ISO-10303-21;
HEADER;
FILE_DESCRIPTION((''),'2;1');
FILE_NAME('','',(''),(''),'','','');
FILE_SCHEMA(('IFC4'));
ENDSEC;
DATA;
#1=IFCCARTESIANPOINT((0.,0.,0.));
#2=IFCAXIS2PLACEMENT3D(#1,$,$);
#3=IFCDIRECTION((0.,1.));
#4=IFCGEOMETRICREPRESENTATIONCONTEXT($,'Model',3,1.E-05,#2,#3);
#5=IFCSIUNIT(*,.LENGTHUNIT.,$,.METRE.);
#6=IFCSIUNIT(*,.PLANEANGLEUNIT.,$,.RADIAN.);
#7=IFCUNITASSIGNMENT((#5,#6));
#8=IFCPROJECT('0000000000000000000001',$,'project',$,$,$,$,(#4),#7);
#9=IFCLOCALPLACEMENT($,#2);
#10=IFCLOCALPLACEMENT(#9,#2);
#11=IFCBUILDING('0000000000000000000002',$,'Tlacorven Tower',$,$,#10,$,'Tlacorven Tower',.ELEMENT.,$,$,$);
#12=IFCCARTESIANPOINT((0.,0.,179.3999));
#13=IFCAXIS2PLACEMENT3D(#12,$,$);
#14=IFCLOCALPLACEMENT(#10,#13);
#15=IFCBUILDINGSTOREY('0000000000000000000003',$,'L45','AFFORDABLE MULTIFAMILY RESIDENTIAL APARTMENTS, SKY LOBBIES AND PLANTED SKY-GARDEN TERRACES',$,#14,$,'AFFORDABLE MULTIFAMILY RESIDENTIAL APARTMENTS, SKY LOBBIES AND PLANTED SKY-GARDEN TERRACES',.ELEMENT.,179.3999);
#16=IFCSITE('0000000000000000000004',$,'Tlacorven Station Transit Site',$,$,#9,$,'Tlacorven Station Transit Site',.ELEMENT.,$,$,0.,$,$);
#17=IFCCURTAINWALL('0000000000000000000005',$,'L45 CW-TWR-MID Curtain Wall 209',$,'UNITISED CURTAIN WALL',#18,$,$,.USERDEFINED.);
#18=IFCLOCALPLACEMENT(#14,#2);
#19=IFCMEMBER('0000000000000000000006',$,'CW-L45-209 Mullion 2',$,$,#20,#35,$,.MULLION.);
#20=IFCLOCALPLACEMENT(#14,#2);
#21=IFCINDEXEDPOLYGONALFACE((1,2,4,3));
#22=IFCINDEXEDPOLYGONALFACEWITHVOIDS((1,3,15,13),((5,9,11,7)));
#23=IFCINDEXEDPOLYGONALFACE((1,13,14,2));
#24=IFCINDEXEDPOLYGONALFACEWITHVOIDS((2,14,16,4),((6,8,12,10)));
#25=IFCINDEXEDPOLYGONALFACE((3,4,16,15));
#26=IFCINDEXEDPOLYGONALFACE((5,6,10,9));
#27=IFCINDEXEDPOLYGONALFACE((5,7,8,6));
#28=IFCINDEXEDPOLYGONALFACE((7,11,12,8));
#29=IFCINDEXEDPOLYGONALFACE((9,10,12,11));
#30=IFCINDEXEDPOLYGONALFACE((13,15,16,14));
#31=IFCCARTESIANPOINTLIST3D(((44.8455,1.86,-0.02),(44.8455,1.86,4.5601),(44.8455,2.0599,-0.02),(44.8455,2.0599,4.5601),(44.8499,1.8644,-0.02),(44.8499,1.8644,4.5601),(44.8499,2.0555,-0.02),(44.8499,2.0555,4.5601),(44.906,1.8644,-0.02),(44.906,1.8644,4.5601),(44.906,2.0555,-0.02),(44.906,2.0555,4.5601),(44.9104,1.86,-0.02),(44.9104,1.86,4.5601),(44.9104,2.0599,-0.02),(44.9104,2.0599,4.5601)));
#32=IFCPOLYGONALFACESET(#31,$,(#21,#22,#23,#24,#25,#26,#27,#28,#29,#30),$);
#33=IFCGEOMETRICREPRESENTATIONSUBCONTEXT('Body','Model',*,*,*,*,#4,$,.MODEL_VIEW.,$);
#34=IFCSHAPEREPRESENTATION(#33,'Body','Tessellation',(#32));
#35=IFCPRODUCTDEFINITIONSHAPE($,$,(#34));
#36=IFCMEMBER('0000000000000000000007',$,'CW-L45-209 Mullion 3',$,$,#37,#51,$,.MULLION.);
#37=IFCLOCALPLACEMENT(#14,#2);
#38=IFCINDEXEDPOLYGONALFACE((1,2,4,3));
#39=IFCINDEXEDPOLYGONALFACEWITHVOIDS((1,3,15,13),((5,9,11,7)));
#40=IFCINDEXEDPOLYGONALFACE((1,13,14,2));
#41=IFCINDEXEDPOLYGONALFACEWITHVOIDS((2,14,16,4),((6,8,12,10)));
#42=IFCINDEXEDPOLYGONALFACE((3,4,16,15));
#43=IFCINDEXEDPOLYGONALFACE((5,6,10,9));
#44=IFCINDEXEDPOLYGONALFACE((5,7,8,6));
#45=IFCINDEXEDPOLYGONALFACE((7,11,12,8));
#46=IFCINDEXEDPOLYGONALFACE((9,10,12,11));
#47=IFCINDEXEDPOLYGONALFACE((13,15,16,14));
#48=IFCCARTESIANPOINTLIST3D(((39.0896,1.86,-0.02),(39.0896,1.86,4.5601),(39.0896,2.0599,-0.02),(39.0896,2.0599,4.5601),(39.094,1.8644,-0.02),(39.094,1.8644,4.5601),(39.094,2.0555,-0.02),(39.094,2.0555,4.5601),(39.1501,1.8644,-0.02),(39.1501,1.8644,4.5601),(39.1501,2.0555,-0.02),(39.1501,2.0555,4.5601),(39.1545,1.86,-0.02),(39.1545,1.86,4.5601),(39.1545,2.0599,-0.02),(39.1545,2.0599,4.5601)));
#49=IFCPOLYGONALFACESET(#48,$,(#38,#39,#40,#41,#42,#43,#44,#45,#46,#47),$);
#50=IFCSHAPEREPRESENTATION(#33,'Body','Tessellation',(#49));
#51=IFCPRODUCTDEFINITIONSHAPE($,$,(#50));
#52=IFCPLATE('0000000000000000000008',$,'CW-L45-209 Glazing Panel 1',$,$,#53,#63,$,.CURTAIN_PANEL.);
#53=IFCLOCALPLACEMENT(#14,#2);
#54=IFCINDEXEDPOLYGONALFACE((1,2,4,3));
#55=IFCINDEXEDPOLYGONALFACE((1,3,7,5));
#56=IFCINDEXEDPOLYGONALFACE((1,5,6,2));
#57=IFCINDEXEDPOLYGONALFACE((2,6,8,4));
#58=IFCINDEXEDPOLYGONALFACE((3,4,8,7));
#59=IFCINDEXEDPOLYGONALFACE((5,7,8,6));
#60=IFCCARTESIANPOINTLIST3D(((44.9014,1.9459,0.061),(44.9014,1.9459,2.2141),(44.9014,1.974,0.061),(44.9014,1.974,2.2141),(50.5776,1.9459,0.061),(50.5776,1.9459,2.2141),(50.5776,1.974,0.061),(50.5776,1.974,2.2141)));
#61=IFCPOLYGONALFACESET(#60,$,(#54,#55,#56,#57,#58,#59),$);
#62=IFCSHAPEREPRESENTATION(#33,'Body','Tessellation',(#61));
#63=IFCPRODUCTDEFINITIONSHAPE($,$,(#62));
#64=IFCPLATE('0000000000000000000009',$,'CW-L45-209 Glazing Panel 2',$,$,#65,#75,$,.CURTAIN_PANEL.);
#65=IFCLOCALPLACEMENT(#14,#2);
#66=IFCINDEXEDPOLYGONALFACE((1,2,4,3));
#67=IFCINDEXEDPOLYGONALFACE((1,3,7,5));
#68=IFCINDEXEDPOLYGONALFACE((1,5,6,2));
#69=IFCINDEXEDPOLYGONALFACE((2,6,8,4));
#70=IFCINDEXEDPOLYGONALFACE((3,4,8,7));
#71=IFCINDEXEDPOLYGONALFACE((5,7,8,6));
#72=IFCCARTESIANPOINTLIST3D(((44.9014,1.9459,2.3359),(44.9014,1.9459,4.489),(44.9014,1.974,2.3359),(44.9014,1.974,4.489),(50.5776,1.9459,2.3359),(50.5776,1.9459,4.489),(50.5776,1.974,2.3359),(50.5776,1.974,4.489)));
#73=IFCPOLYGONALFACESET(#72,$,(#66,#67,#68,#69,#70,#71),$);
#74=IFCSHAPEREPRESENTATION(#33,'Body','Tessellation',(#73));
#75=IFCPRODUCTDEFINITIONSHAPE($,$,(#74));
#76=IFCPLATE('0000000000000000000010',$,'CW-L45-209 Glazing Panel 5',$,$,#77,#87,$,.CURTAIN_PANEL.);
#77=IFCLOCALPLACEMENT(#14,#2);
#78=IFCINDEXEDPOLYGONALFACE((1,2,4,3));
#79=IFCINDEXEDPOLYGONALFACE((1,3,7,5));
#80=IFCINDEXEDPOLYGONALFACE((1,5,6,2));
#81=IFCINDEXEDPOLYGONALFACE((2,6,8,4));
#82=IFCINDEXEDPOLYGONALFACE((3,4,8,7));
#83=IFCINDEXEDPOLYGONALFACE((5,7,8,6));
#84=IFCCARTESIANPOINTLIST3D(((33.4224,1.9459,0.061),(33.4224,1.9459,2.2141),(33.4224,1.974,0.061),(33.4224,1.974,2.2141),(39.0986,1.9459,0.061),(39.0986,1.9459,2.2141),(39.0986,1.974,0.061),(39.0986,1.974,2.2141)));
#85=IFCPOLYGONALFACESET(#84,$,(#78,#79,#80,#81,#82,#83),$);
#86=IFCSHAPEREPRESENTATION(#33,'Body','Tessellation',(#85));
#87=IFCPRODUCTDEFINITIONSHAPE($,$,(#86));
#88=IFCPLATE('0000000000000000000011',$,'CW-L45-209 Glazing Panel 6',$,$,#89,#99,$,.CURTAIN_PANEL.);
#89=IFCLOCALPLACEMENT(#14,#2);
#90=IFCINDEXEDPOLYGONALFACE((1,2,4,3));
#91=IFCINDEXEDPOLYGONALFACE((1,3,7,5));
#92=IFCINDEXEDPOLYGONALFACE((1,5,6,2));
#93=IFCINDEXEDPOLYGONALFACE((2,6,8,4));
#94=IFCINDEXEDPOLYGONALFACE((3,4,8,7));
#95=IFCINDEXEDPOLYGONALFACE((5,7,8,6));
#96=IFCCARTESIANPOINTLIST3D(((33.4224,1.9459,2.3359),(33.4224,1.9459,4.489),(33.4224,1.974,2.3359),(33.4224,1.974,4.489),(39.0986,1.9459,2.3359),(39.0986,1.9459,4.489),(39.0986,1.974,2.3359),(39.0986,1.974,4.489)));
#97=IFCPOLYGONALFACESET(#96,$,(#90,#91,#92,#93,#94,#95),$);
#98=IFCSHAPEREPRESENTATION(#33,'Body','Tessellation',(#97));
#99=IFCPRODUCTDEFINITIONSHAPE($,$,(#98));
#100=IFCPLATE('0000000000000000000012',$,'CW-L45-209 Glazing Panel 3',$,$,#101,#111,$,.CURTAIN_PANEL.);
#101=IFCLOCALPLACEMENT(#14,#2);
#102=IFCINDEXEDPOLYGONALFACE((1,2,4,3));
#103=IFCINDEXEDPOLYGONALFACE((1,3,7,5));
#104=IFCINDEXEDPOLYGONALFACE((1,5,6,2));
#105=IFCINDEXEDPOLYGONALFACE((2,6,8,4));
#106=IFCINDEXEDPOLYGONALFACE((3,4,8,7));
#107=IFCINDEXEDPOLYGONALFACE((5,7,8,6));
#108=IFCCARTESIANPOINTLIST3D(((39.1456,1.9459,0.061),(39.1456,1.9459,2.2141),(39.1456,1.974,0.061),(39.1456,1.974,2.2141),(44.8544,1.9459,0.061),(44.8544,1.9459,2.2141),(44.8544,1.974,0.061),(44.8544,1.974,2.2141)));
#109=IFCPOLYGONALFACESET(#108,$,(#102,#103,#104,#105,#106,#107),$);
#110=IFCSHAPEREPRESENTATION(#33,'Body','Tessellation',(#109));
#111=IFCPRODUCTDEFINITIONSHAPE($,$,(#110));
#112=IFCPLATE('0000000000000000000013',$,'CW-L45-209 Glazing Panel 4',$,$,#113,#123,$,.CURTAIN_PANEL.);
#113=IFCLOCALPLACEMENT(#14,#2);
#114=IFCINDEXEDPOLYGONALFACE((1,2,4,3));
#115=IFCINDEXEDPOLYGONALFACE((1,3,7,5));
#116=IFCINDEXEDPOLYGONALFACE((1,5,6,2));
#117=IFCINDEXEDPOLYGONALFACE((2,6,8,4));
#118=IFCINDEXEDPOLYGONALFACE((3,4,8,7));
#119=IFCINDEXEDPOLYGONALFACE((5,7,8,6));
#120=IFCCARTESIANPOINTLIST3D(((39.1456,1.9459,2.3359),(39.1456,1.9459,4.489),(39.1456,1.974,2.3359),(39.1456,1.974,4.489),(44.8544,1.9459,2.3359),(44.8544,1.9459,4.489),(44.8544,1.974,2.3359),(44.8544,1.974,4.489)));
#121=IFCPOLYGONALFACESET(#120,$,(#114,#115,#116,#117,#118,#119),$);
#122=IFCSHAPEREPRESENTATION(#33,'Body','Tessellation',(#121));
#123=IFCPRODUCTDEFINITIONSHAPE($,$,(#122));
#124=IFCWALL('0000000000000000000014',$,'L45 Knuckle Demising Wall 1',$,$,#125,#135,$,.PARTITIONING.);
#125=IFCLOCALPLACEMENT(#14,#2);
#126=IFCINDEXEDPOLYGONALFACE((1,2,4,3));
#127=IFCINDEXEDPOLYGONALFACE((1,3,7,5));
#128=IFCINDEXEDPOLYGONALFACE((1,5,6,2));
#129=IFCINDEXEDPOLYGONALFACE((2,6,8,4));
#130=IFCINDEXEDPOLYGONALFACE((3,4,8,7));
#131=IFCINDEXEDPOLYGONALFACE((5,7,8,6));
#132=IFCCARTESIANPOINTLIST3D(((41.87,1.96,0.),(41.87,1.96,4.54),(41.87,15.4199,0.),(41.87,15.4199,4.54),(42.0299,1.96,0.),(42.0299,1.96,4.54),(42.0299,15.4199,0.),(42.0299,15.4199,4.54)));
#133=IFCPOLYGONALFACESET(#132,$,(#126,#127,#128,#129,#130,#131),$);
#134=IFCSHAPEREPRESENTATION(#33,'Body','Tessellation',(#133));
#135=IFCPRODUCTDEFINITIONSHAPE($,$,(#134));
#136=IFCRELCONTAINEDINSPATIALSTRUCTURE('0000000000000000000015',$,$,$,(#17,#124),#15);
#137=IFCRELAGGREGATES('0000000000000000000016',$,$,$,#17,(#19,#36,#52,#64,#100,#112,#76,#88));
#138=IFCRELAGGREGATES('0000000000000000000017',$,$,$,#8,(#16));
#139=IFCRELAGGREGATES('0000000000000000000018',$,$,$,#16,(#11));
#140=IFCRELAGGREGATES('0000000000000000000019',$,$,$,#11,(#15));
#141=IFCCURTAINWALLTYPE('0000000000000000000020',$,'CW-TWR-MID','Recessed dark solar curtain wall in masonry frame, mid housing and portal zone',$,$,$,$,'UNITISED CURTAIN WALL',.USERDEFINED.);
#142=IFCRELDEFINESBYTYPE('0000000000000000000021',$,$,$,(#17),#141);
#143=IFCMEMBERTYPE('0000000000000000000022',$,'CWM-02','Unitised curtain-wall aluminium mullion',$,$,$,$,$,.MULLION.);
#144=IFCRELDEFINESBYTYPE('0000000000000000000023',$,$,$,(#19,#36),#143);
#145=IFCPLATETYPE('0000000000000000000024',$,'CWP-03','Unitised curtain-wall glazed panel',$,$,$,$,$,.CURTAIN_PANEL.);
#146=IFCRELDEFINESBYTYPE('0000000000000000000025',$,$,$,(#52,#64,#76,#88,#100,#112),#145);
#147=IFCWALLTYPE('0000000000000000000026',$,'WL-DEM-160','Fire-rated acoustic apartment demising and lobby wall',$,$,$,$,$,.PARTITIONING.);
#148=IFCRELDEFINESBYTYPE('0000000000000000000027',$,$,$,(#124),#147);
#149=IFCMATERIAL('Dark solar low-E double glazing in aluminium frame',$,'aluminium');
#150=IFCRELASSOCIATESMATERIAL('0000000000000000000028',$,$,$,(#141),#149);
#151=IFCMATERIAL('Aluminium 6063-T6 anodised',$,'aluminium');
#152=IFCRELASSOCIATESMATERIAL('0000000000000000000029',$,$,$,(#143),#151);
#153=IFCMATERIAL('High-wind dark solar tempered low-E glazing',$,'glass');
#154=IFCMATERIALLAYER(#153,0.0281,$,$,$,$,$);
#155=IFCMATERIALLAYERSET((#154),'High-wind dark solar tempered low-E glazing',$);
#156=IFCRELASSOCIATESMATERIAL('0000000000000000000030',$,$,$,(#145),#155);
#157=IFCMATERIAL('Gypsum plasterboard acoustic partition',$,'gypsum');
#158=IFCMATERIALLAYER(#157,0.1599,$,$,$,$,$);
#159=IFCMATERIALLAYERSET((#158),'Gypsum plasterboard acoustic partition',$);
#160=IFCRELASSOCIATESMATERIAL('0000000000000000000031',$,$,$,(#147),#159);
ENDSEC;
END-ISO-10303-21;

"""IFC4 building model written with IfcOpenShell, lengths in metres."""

from ifc_helpers import new_model, si_unit, direction, frame, frame_2d, origin, origin_2d, place, context, subcontext, project, spatial, rectangle, hollow_rectangle, extrude, source, transform, mapped, material, layer, layer_set, material_profile, profile_set, type_object, element, aggregate, save


model = new_model("IFC4")

# Units and contexts
model_context = context("Model", 3, precision=1e-05, world=origin(), true_north=direction((0.0, 1.0)))
body_context = subcontext(model_context, "Body", "Model", "MODEL_VIEW")
ifc_project = project(units=[si_unit("LENGTHUNIT", "METRE"), si_unit("PLANEANGLEUNIT", "RADIAN")], contexts=[model_context])

# Site, building, storey
site_placement = place(None, origin())
site = spatial("IfcSite", under=ifc_project, at=site_placement, Name="Tlacorven Station Transit Site", LongName="Tlacorven Station Transit Site", CompositionType="ELEMENT", RefElevation=0.0)
building_placement = place(site_placement, origin())
building = spatial("IfcBuilding", under=site, at=building_placement, Name="Tlacorven Tower", LongName="Tlacorven Tower", CompositionType="ELEMENT")
storey_placement = place(building_placement, frame((0.0, 0.0, 179.3999)))
storey = spatial("IfcBuildingStorey", under=building, at=storey_placement, Name="L45", Description="AFFORDABLE MULTIFAMILY RESIDENTIAL APARTMENTS, SKY LOBBIES AND PLANTED SKY-GARDEN TERRACES", LongName="AFFORDABLE MULTIFAMILY RESIDENTIAL APARTMENTS, SKY LOBBIES AND PLANTED SKY-GARDEN TERRACES", CompositionType="ELEMENT", Elevation=179.3999)

# Curtain wall
ifc_material_1 = material(Name="Dark solar low-E double glazing in aluminium frame", Category="aluminium")
curtain_wall_type = type_object("IfcCurtainWallType", Name="CW-TWR-MID", Description="Recessed dark solar curtain wall in masonry frame, mid housing and portal zone", ElementType="UNITISED CURTAIN WALL", PredefinedType="USERDEFINED", material=ifc_material_1)
curtain_wall_1_placement = place(storey_placement, origin())
curtain_wall_1 = element("IfcCurtainWall", 1, at=curtain_wall_1_placement, inside=storey, type_object=curtain_wall_type, Name="L45 CW-TWR-MID Curtain Wall 209", ObjectType="UNITISED CURTAIN WALL", PredefinedType="USERDEFINED")
ifc_material_2 = material(Name="Aluminium 6063-T6 anodised", Category="aluminium")

# Shared definitions
ifc_material_profile_1 = material_profile(ifc_material_2, hollow_rectangle(XDim=0.0649, YDim=0.2, WallThickness=0.0044, at=origin_2d()), Name="ALU MULLION 65X200")
ifc_profile_set_1 = profile_set([ifc_material_profile_1], Name="Aluminium 6063-T6 anodised")
member_type_1 = type_object("IfcMemberType", Name="CWM-02", Description="Unitised curtain-wall aluminium mullion", PredefinedType="MULLION", material=ifc_profile_set_1)
shared_shape_1 = source(origin(), body_context, "Body", "SweptSolid", [
    extrude(hollow_rectangle(XDim=0.0649, YDim=0.2, WallThickness=0.0044, at=origin_2d()), origin(), (0.0, 0.0, 1.0), 4.5801),
])

# Members
member_1_placement = place(storey_placement, frame((44.8779, 1.96, -0.02), z_axis=(0.0, 0.0, 1.0), x_axis=(-1.0, 0.0, 0.0)))
member_1 = element("IfcMember", 2, at=member_1_placement, type_object=member_type_1, Name="CW-L45-209 Mullion 2", PredefinedType="MULLION", context=body_context, shape_type="MappedRepresentation", body=[
    mapped(shared_shape_1, transform((0.0, 0.0, 0.0), scale=1.0)),
])
member_2_placement = place(storey_placement, frame((39.1221, 1.96, -0.02), z_axis=(0.0, 0.0, 1.0), x_axis=(-1.0, 0.0, 0.0)))
member_2 = element("IfcMember", 3, at=member_2_placement, type_object=member_type_1, Name="CW-L45-209 Mullion 3", PredefinedType="MULLION", context=body_context, shape_type="MappedRepresentation", body=[
    mapped(shared_shape_1, transform((0.0, 0.0, 0.0), scale=1.0)),
])

# Plates
ifc_material_3 = material(Name="High-wind dark solar tempered low-E glazing", Category="glass")
ifc_layer_1 = layer(ifc_material_3, 0.0281)
ifc_layer_set_1 = layer_set([ifc_layer_1], Name="High-wind dark solar tempered low-E glazing")
plate_type = type_object("IfcPlateType", Name="CWP-03", Description="Unitised curtain-wall glazed panel", PredefinedType="CURTAIN_PANEL", material=ifc_layer_set_1)
shared_shape_2 = source(origin(), body_context, "Body", "SweptSolid", [
    extrude(rectangle(XDim=5.6763, YDim=0.0281, at=origin_2d()), origin(), (0.0, 0.0, 1.0), 2.1531),
])
plate_1_placement = place(storey_placement, frame((47.7395, 1.96, 0.061), z_axis=(0.0, 0.0, 1.0), x_axis=(-1.0, 0.0, 0.0)))
plate_1 = element("IfcPlate", 4, at=plate_1_placement, type_object=plate_type, Name="CW-L45-209 Glazing Panel 1", PredefinedType="CURTAIN_PANEL", context=body_context, shape_type="MappedRepresentation", body=[
    mapped(shared_shape_2, transform((0.0, 0.0, 0.0), scale=1.0)),
])
plate_2_placement = place(storey_placement, frame((47.7395, 1.96, 2.3359), z_axis=(0.0, 0.0, 1.0), x_axis=(-1.0, 0.0, 0.0)))
plate_2 = element("IfcPlate", 5, at=plate_2_placement, type_object=plate_type, Name="CW-L45-209 Glazing Panel 2", PredefinedType="CURTAIN_PANEL", context=body_context, shape_type="MappedRepresentation", body=[
    mapped(shared_shape_2, transform((0.0, 0.0, 0.0), scale=1.0)),
])
plate_3_placement = place(storey_placement, frame((36.2605, 1.96, 0.061), z_axis=(0.0, 0.0, 1.0), x_axis=(-1.0, 0.0, 0.0)))
plate_3 = element("IfcPlate", 6, at=plate_3_placement, type_object=plate_type, Name="CW-L45-209 Glazing Panel 5", PredefinedType="CURTAIN_PANEL", context=body_context, shape_type="MappedRepresentation", body=[
    mapped(shared_shape_2, transform((0.0, 0.0, 0.0), scale=1.0)),
])
plate_4_placement = place(storey_placement, frame((36.2605, 1.96, 2.3359), z_axis=(0.0, 0.0, 1.0), x_axis=(-1.0, 0.0, 0.0)))
plate_4 = element("IfcPlate", 7, at=plate_4_placement, type_object=plate_type, Name="CW-L45-209 Glazing Panel 6", PredefinedType="CURTAIN_PANEL", context=body_context, shape_type="MappedRepresentation", body=[
    mapped(shared_shape_2, transform((0.0, 0.0, 0.0), scale=1.0)),
])
shared_shape_3 = source(origin(), body_context, "Body", "SweptSolid", [
    extrude(rectangle(XDim=5.7087, YDim=0.0281, at=origin_2d()), origin(), (0.0, 0.0, 1.0), 2.1531),
])
plate_5_placement = place(storey_placement, frame((42.0, 1.96, 0.061), z_axis=(0.0, 0.0, 1.0), x_axis=(-1.0, 0.0, 0.0)))
plate_5 = element("IfcPlate", 8, at=plate_5_placement, type_object=plate_type, Name="CW-L45-209 Glazing Panel 3", PredefinedType="CURTAIN_PANEL", context=body_context, shape_type="MappedRepresentation", body=[
    mapped(shared_shape_3, transform((0.0, 0.0, 0.0), scale=1.0)),
])
plate_6_placement = place(storey_placement, frame((42.0, 1.96, 2.3359), z_axis=(0.0, 0.0, 1.0), x_axis=(-1.0, 0.0, 0.0)))
plate_6 = element("IfcPlate", 9, at=plate_6_placement, type_object=plate_type, Name="CW-L45-209 Glazing Panel 4", PredefinedType="CURTAIN_PANEL", context=body_context, shape_type="MappedRepresentation", body=[
    mapped(shared_shape_3, transform((0.0, 0.0, 0.0), scale=1.0)),
])
aggregate(curtain_wall_1, [member_1, member_2, plate_1, plate_2, plate_5, plate_6, plate_3, plate_4])

# Wall
ifc_material_4 = material(Name="Gypsum plasterboard acoustic partition", Category="gypsum")
ifc_layer_2 = layer(ifc_material_4, 0.1599)
ifc_layer_set_2 = layer_set([ifc_layer_2], Name="Gypsum plasterboard acoustic partition")
wall_type_1 = type_object("IfcWallType", Name="WL-DEM-160", Description="Fire-rated acoustic apartment demising and lobby wall", PredefinedType="PARTITIONING", material=ifc_layer_set_2)
wall_1_placement = place(storey_placement, frame((41.95, 1.96, 0.0), z_axis=(0.0, 0.0, 1.0), x_axis=(0.0, 1.0, 0.0)))
element("IfcWall", 10, at=wall_1_placement, inside=storey, type_object=wall_type_1, Name="L45 Knuckle Demising Wall 1", PredefinedType="PARTITIONING", context=body_context, shape_type="SweptSolid", body=[
    extrude(rectangle(XDim=13.46, YDim=0.1599, at=frame_2d((6.73, 0.0))), origin(), (0.0, 0.0, 1.0), 4.54),
])

save(model, "model.ifc")
